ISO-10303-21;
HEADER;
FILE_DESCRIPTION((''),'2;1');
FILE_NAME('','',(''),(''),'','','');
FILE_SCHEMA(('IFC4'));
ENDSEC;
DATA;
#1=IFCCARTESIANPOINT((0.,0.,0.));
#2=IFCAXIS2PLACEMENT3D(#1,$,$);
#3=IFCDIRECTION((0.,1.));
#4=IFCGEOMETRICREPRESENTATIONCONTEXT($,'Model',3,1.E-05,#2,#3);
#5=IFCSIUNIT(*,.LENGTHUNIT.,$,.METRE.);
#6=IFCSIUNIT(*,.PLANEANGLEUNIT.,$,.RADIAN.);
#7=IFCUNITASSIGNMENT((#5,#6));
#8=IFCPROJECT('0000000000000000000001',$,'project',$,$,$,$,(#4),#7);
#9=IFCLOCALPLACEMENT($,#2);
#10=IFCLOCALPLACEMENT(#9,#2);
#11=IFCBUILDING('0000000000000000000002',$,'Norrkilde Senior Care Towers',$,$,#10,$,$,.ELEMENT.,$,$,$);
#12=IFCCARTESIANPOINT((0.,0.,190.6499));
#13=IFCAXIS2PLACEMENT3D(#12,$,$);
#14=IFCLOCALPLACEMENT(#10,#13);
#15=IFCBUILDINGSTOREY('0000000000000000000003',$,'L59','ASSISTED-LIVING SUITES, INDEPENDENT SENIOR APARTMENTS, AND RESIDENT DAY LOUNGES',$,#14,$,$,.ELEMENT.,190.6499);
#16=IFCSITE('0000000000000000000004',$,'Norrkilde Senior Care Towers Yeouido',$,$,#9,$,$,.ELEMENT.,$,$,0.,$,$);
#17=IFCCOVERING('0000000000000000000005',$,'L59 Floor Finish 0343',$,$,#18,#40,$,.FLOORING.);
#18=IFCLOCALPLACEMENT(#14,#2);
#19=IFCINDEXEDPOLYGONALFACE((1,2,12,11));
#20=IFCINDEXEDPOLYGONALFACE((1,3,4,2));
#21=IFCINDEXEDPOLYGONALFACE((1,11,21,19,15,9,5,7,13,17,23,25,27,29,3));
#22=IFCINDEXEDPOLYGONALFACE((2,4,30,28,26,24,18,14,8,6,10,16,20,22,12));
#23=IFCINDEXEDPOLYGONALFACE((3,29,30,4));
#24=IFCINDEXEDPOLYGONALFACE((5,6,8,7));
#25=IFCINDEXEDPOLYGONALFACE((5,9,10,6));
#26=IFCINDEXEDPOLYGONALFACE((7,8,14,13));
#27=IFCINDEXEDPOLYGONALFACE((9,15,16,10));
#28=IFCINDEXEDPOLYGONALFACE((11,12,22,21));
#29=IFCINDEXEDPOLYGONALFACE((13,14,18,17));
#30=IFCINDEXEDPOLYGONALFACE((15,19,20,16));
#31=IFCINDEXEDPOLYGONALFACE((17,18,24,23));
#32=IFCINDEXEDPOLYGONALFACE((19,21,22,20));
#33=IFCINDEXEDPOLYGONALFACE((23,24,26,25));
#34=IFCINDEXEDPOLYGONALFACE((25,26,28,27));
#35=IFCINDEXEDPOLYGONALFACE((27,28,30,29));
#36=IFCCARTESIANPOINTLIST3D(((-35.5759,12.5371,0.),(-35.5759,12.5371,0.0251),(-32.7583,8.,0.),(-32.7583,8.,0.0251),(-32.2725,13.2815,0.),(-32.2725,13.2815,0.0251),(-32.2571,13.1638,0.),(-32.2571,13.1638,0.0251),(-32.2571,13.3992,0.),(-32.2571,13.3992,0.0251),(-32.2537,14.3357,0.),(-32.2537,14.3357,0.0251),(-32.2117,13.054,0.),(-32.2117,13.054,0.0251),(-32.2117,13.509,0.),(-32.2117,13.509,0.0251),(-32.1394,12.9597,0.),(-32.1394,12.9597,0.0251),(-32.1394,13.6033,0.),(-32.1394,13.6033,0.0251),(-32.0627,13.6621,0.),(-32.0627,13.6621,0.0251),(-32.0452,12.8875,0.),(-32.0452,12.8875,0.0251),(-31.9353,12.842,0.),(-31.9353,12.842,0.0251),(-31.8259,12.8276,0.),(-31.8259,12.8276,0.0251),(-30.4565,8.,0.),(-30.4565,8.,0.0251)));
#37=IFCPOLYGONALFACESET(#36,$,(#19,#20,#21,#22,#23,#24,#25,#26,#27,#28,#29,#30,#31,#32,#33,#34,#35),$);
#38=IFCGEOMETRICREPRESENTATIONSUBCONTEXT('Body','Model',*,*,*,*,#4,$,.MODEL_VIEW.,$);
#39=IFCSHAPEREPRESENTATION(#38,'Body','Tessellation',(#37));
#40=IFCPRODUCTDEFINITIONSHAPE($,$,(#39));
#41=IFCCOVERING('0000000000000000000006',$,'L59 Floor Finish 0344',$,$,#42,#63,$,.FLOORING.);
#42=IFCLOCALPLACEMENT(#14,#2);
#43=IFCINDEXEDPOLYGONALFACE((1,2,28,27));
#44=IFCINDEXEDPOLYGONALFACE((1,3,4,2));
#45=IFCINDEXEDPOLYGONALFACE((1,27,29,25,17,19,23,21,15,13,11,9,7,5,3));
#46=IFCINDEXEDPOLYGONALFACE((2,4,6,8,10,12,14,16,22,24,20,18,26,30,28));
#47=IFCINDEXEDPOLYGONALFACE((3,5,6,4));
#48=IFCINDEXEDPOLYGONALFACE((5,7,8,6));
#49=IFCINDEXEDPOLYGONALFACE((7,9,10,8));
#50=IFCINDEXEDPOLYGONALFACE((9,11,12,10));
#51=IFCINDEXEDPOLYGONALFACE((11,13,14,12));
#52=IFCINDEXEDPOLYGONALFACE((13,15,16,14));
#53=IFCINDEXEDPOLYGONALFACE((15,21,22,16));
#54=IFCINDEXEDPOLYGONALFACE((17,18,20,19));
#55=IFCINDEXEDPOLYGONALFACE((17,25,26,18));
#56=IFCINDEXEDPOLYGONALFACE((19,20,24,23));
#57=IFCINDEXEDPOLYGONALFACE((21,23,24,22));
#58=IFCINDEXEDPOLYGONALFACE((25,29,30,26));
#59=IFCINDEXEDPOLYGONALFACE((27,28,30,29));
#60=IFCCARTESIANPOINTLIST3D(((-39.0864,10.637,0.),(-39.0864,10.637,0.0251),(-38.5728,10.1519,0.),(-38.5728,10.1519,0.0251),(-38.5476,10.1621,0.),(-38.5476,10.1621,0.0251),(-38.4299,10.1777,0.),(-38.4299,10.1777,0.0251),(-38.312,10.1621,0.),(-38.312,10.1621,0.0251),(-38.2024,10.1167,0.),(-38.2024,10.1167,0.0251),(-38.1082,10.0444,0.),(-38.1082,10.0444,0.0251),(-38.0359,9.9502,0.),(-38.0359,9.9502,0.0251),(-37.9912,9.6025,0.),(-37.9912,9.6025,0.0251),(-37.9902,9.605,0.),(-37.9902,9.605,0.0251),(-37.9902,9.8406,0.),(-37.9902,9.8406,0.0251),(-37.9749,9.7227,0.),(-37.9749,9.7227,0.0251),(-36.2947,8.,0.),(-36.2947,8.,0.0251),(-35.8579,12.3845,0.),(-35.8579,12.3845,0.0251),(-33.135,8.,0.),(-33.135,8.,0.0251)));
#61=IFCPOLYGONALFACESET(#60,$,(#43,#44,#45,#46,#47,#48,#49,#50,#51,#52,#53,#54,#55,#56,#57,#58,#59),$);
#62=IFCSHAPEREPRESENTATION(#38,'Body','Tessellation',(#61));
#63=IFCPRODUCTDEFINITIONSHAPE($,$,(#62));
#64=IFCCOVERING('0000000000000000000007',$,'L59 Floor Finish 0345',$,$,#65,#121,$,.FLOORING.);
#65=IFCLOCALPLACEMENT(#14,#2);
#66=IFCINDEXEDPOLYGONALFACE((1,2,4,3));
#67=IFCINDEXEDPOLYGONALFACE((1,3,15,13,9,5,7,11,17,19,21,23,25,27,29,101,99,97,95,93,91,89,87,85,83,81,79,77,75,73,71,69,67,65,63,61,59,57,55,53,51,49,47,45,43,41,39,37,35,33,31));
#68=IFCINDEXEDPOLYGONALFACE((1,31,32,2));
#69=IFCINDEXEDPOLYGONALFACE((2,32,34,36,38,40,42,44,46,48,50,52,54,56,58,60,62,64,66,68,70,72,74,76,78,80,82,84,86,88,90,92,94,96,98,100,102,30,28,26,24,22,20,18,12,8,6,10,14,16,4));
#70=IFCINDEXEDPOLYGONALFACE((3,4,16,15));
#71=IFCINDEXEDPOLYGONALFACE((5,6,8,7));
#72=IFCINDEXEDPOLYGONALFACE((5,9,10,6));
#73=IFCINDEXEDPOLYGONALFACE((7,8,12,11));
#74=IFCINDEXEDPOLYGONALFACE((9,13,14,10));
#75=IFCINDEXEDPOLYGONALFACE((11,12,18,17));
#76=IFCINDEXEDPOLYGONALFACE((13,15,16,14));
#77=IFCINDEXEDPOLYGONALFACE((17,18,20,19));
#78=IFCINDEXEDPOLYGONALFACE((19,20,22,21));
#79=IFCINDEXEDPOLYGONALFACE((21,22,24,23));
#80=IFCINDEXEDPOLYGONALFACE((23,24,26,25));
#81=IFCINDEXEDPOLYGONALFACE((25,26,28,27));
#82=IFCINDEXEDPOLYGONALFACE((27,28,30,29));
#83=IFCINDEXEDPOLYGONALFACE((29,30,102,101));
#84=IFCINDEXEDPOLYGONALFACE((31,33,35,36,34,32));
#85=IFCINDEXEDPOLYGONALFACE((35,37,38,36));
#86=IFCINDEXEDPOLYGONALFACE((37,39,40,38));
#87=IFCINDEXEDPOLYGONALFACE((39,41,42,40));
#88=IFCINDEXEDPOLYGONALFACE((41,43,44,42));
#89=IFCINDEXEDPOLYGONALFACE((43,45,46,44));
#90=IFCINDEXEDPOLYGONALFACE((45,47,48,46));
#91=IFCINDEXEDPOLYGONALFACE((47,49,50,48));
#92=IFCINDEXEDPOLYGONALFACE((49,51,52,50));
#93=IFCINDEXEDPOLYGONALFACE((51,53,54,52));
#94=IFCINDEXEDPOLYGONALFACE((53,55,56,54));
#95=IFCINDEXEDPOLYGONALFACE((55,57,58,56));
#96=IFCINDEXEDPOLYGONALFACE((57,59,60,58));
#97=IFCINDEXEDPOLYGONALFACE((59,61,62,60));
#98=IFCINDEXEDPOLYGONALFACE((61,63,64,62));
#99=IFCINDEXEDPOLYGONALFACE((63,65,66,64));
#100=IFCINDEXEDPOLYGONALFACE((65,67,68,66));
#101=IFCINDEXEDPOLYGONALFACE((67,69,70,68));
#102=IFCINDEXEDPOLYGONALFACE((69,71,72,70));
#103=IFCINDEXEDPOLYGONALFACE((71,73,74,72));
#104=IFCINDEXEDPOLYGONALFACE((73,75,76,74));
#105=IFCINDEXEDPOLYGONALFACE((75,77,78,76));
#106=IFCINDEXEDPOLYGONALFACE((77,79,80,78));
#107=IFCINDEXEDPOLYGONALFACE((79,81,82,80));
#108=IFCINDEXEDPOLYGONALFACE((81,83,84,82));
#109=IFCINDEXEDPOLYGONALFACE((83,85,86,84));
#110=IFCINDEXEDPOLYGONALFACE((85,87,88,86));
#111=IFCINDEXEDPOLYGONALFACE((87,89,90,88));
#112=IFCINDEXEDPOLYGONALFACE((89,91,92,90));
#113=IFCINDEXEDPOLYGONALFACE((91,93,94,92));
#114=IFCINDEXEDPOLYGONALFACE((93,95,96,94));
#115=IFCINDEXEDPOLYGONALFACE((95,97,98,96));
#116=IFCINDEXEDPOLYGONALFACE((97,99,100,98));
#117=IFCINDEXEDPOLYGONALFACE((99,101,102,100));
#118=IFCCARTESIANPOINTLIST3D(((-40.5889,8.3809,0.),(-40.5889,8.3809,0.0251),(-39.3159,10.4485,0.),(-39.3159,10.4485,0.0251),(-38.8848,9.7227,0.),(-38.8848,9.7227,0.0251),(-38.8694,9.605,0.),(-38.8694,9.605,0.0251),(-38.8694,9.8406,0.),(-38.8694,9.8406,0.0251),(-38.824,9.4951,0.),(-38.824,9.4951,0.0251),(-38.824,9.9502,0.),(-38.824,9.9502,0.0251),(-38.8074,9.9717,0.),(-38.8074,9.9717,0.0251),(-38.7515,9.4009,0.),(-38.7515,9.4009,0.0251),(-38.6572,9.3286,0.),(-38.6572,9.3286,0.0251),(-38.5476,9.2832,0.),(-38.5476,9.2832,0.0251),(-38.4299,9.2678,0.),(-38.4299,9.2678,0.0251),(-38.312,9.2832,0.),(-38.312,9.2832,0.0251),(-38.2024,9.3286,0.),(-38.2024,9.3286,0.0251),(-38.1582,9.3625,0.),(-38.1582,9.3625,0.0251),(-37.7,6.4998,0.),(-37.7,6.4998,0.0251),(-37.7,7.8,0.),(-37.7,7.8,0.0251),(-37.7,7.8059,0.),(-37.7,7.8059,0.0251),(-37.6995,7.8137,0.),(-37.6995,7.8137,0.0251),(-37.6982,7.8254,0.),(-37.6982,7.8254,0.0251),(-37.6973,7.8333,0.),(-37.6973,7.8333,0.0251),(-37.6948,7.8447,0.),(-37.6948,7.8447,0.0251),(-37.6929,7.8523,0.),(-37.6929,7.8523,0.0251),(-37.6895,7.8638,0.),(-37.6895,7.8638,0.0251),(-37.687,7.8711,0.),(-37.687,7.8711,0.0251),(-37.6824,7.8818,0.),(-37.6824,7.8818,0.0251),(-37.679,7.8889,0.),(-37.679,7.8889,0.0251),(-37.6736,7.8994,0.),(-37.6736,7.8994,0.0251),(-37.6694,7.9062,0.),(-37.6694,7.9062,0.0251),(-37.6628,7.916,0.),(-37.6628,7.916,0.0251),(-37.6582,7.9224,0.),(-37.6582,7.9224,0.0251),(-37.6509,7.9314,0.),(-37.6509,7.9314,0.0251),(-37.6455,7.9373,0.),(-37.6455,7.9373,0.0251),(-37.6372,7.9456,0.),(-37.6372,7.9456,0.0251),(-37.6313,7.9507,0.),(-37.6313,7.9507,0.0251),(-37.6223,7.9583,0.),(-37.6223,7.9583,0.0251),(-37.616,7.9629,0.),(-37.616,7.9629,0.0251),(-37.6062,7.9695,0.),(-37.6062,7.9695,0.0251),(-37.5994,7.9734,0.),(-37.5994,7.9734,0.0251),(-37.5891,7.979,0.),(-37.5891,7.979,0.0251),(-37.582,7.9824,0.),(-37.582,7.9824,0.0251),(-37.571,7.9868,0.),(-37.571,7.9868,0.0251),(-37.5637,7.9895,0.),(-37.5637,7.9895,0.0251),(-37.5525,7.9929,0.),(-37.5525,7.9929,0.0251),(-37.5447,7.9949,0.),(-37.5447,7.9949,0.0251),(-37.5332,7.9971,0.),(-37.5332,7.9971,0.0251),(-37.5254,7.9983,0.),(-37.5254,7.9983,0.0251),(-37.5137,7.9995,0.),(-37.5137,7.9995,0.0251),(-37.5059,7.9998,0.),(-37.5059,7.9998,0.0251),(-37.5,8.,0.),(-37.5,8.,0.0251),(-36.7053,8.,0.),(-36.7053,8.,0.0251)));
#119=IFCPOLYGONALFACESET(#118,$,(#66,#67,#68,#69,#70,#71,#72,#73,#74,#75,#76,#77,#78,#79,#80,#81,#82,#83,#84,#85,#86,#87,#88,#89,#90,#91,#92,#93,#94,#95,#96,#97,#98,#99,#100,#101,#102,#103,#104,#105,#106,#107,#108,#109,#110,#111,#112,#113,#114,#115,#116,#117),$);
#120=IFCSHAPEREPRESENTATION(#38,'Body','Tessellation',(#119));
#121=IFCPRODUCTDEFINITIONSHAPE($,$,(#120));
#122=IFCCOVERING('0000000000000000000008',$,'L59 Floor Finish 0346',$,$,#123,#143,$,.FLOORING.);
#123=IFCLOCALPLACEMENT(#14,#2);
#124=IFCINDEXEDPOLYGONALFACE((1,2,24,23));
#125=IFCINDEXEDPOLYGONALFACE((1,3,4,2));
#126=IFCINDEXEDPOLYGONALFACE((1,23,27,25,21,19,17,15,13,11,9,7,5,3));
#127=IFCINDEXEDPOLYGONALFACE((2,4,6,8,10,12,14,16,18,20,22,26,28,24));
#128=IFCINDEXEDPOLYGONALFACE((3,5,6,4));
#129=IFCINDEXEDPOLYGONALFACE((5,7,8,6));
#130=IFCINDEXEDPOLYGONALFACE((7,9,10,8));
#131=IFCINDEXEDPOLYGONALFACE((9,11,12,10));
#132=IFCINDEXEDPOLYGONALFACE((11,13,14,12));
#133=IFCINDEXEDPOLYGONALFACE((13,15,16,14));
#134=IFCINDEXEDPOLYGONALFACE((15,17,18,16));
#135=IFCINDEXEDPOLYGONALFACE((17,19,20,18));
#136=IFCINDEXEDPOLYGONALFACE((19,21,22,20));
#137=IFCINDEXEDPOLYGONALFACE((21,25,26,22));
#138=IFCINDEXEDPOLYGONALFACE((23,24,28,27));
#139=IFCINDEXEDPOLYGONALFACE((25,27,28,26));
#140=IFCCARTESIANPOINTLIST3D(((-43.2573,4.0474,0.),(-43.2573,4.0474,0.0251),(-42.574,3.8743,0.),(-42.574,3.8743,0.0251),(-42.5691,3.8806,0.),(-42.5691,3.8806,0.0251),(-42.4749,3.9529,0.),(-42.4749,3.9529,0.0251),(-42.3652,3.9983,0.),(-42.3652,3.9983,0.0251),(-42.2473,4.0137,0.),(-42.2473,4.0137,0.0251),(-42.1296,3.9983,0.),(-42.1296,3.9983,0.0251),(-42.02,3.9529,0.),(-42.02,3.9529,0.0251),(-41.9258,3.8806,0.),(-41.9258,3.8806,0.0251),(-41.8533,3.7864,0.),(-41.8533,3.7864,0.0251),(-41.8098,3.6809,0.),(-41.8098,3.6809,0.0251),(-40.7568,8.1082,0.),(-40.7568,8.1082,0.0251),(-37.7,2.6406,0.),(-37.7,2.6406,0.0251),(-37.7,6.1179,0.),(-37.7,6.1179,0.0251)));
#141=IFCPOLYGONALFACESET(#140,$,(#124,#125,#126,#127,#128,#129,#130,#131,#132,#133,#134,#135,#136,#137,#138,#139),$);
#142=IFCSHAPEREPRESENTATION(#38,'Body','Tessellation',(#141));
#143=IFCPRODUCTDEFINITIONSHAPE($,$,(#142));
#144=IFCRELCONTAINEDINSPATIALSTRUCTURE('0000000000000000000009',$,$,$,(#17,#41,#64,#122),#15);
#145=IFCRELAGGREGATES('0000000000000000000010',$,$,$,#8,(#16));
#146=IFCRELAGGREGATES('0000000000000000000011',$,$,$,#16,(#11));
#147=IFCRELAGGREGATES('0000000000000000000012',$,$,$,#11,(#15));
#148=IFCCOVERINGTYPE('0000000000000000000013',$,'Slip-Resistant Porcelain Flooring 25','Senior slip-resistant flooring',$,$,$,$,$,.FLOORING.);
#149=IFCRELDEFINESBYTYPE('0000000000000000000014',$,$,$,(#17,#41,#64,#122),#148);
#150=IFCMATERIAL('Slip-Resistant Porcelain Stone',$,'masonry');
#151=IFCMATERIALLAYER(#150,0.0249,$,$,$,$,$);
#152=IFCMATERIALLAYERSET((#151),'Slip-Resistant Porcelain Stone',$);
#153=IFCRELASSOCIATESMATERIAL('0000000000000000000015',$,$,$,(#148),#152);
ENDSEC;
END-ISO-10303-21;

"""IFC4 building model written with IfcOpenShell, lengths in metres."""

from ifc_helpers import new_model, si_unit, direction, frame, origin, place, context, subcontext, project, spatial, polyline, outline, extrude, material, layer, layer_set, type_object, element, save


model = new_model("IFC4")

# Units and contexts
model_context = context("Model", 3, precision=1e-05, world=origin(), true_north=direction((0.0, 1.0)))
body_context = subcontext(model_context, "Body", "Model", "MODEL_VIEW")
ifc_project = project(units=[si_unit("LENGTHUNIT", "METRE"), si_unit("PLANEANGLEUNIT", "RADIAN")], contexts=[model_context])

# Site, building, storey
site_placement = place(None, origin())
site = spatial("IfcSite", under=ifc_project, at=site_placement, Name="Norrkilde Senior Care Towers Yeouido", CompositionType="ELEMENT", RefElevation=0.0)
building_placement = place(site_placement, origin())
building = spatial("IfcBuilding", under=site, at=building_placement, Name="Norrkilde Senior Care Towers", CompositionType="ELEMENT")
storey_placement = place(building_placement, frame((0.0, 0.0, 190.6499)))
storey = spatial("IfcBuildingStorey", under=building, at=storey_placement, Name="L59", Description="ASSISTED-LIVING SUITES, INDEPENDENT SENIOR APARTMENTS, AND RESIDENT DAY LOUNGES", CompositionType="ELEMENT", Elevation=190.6499)

# Coverings
ifc_material_1 = material(Name="Slip-Resistant Porcelain Stone", Category="masonry")
ifc_layer_1 = layer(ifc_material_1, 0.0249)
ifc_layer_set_1 = layer_set([ifc_layer_1], Name="Slip-Resistant Porcelain Stone")
covering_type_1 = type_object("IfcCoveringType", Name="Slip-Resistant Porcelain Flooring 25", Description="Senior slip-resistant flooring", PredefinedType="FLOORING", material=ifc_layer_set_1)
covering_1_placement = place(storey_placement, origin())
element("IfcCovering", 1, at=covering_1_placement, inside=storey, type_object=covering_type_1, Name="L59 Floor Finish 0343", PredefinedType="FLOORING", context=body_context, shape_type="SweptSolid", body=[
    extrude(outline(polyline([(-32.0627, 13.6621), (-32.1394, 13.6033), (-32.2117, 13.509), (-32.2571, 13.3992), (-32.2725, 13.2815), (-32.2571, 13.1638), (-32.2117, 13.054), (-32.1394, 12.9597), (-32.0452, 12.8875), (-31.9353, 12.842), (-31.8259, 12.8276), (-30.4565, 8.0), (-32.7583, 8.0), (-35.5759, 12.5371), (-32.2537, 14.3357), (-32.0627, 13.6621)])), origin(), (0.0, 0.0, 1.0), 0.0251),
])
covering_2_placement = place(storey_placement, origin())
element("IfcCovering", 2, at=covering_2_placement, inside=storey, type_object=covering_type_1, Name="L59 Floor Finish 0344", PredefinedType="FLOORING", context=body_context, shape_type="SweptSolid", body=[
    extrude(outline(polyline([(-36.2947, 8.0), (-37.9912, 9.6025), (-37.9902, 9.605), (-37.9749, 9.7227), (-37.9902, 9.8406), (-38.0359, 9.9502), (-38.1082, 10.0444), (-38.2024, 10.1167), (-38.312, 10.1621), (-38.4299, 10.1777), (-38.5476, 10.1621), (-38.5728, 10.1519), (-39.0864, 10.637), (-35.8579, 12.3845), (-33.135, 8.0), (-36.2947, 8.0)])), origin(), (0.0, 0.0, 1.0), 0.0251),
])
covering_3_placement = place(storey_placement, origin())
element("IfcCovering", 3, at=covering_3_placement, inside=storey, type_object=covering_type_1, Name="L59 Floor Finish 0345", PredefinedType="FLOORING", context=body_context, shape_type="SweptSolid", body=[
    extrude(outline(polyline([(-37.5254, 7.9983), (-37.5332, 7.9971), (-37.5447, 7.9949), (-37.5525, 7.9929), (-37.5637, 7.9895), (-37.571, 7.9868), (-37.582, 7.9824), (-37.5891, 7.979), (-37.5994, 7.9734), (-37.6062, 7.9695), (-37.616, 7.9629), (-37.6223, 7.9583), (-37.6313, 7.9507), (-37.6372, 7.9456), (-37.6455, 7.9373), (-37.6509, 7.9314), (-37.6582, 7.9224), (-37.6628, 7.916), (-37.6694, 7.9062), (-37.6736, 7.8994), (-37.679, 7.8889), (-37.6824, 7.8818), (-37.687, 7.8711), (-37.6895, 7.8638), (-37.6929, 7.8523), (-37.6948, 7.8447), (-37.6973, 7.8333), (-37.6982, 7.8254), (-37.6995, 7.8137), (-37.7, 7.8059), (-37.7, 7.8), (-37.7, 6.4998), (-40.5889, 8.3809), (-39.3159, 10.4485), (-38.8074, 9.9717), (-38.824, 9.9502), (-38.8694, 9.8406), (-38.8848, 9.7227), (-38.8694, 9.605), (-38.824, 9.4951), (-38.7515, 9.4009), (-38.6572, 9.3286), (-38.5476, 9.2832), (-38.4299, 9.2678), (-38.312, 9.2832), (-38.2024, 9.3286), (-38.1582, 9.3625), (-36.7053, 8.0), (-37.5, 8.0), (-37.5059, 7.9998), (-37.5137, 7.9995), (-37.5254, 7.9983)])), origin(), (0.0, 0.0, 1.0), 0.0251),
])
covering_4_placement = place(storey_placement, origin())
element("IfcCovering", 4, at=covering_4_placement, inside=storey, type_object=covering_type_1, Name="L59 Floor Finish 0346", PredefinedType="FLOORING", context=body_context, shape_type="SweptSolid", body=[
    extrude(outline(polyline([(-40.7568, 8.1082), (-37.7, 6.1179), (-37.7, 2.6406), (-41.8098, 3.6809), (-41.8533, 3.7864), (-41.9258, 3.8806), (-42.02, 3.9529), (-42.1296, 3.9983), (-42.2473, 4.0137), (-42.3652, 3.9983), (-42.4749, 3.9529), (-42.5691, 3.8806), (-42.574, 3.8743), (-43.2573, 4.0474), (-40.7568, 8.1082)])), origin(), (0.0, 0.0, 1.0), 0.0251),
])

save(model, "model.ifc")
